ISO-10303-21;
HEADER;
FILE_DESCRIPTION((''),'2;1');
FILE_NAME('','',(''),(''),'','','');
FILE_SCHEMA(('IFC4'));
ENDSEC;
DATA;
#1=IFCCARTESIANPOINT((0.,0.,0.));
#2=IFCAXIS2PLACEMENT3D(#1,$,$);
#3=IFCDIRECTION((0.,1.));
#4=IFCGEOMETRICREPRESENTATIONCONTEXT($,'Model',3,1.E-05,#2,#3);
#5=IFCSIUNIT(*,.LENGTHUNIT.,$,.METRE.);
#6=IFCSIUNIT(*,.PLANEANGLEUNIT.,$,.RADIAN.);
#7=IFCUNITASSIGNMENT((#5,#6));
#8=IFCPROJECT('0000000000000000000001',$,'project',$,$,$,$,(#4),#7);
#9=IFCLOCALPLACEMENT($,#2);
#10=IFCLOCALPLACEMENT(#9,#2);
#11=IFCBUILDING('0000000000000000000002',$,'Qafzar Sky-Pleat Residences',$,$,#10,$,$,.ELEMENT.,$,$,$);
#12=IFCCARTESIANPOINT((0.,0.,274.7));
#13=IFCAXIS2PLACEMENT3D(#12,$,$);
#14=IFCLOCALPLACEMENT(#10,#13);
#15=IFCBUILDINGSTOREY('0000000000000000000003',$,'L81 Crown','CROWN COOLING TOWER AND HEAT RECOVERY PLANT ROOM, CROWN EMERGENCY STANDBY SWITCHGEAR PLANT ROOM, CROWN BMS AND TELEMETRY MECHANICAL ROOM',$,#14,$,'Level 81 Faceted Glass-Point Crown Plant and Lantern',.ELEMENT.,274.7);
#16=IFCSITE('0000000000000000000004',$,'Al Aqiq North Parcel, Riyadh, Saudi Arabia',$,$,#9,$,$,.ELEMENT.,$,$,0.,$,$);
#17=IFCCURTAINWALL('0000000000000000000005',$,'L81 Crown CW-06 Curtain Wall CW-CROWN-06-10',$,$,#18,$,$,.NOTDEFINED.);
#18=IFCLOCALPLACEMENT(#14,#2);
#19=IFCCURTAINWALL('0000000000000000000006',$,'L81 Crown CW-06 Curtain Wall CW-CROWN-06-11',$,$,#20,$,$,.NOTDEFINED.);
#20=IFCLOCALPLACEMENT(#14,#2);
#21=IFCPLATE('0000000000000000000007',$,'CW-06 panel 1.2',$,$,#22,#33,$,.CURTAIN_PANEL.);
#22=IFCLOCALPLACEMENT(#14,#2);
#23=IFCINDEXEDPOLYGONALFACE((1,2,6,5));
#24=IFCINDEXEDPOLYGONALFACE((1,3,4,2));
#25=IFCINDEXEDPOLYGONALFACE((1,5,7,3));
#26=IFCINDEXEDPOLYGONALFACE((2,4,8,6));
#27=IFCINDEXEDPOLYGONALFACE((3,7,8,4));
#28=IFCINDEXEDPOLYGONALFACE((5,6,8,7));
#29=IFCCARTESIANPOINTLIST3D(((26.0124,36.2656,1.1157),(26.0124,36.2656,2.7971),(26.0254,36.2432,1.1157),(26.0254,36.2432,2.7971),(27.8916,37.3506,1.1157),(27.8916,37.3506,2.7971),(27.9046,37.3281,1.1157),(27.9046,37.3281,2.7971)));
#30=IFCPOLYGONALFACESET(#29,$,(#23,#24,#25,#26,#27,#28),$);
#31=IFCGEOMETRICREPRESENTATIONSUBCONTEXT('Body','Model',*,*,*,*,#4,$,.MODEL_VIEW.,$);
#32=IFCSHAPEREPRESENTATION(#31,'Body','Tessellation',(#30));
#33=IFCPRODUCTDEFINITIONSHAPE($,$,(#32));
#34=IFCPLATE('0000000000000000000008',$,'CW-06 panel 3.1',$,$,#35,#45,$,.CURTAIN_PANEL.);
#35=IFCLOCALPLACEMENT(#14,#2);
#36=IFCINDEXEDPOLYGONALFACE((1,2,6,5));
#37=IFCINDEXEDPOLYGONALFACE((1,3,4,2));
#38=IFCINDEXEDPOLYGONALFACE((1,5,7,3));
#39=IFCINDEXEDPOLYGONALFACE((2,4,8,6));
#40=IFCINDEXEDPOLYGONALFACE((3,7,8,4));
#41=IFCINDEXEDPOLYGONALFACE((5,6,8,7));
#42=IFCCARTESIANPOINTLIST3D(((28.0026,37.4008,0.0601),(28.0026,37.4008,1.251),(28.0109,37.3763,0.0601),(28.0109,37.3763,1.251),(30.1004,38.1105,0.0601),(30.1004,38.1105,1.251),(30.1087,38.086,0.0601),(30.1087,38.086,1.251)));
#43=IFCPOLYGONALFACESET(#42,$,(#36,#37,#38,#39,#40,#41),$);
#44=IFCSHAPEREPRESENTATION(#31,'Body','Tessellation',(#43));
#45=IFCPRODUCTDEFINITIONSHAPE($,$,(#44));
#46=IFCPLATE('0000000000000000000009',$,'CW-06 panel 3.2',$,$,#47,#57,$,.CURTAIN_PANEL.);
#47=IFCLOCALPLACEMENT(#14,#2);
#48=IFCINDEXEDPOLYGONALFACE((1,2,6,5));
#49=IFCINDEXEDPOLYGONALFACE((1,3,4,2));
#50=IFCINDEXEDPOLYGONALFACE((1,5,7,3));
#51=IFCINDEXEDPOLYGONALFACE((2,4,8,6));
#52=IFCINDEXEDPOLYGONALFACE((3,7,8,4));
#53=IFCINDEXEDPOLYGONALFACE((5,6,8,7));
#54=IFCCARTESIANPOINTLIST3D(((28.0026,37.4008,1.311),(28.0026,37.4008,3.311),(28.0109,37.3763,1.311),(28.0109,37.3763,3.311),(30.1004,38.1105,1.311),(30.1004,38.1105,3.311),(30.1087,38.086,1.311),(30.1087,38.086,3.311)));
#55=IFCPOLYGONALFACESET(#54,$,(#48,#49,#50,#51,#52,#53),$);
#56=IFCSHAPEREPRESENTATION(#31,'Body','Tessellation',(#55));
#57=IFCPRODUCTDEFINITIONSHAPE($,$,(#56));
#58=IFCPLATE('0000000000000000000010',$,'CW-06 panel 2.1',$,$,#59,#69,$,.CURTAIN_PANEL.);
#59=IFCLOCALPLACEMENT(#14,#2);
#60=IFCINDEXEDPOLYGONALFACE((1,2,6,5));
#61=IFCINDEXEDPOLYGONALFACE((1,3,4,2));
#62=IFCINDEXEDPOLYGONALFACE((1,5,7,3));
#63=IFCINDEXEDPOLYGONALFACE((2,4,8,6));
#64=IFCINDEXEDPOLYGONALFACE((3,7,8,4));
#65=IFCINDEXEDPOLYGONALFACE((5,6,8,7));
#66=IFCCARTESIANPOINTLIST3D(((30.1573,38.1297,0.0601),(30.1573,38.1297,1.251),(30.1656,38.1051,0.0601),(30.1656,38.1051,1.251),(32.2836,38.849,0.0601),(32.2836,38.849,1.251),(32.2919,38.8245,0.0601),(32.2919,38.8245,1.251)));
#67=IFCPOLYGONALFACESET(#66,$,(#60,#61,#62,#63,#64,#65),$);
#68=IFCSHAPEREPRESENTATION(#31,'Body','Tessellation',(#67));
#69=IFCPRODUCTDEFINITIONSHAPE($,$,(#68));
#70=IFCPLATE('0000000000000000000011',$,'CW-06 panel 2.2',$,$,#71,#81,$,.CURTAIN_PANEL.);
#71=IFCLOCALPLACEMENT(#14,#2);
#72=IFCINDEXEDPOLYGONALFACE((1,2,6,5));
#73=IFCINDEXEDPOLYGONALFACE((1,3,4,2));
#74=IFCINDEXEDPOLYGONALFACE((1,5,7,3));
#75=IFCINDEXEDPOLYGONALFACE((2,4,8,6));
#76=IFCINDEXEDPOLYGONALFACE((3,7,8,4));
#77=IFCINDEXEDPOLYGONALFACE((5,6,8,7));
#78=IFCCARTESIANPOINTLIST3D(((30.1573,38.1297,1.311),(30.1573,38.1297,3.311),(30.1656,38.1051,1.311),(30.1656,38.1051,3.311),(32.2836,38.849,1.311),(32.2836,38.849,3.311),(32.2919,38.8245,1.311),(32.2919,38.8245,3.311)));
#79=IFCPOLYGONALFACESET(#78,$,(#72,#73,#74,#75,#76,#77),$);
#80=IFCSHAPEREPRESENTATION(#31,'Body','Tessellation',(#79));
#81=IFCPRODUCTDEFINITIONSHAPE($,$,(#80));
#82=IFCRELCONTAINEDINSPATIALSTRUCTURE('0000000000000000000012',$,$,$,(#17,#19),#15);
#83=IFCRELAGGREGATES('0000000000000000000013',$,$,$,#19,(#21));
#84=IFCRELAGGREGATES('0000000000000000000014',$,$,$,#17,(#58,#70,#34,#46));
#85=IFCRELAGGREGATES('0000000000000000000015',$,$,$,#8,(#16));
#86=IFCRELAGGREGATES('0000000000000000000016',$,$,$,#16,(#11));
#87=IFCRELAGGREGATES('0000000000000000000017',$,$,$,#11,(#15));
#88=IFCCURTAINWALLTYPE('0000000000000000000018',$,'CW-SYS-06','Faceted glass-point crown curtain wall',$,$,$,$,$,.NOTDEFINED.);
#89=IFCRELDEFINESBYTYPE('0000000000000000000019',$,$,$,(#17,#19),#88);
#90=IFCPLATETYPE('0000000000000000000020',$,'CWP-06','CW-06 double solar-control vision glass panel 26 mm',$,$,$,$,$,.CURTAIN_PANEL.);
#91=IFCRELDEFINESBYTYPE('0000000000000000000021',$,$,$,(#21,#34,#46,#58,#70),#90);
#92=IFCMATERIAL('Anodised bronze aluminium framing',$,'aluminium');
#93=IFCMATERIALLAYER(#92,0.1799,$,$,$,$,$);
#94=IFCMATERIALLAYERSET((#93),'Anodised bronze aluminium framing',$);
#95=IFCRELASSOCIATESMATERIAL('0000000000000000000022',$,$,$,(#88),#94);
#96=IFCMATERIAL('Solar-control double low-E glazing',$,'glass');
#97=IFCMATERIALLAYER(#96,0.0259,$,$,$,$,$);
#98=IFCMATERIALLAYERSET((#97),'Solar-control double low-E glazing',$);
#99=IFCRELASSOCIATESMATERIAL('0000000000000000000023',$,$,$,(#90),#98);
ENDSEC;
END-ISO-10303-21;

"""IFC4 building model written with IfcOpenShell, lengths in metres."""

from ifc_helpers import new_model, si_unit, direction, frame, origin, origin_2d, place, context, subcontext, project, spatial, rectangle, extrude, source, transform, mapped, material, layer, layer_set, type_object, element, aggregate, save


model = new_model("IFC4")

# Units and contexts
model_context = context("Model", 3, precision=1e-05, world=origin(), true_north=direction((0.0, 1.0)))
body_context = subcontext(model_context, "Body", "Model", "MODEL_VIEW")
ifc_project = project(units=[si_unit("LENGTHUNIT", "METRE"), si_unit("PLANEANGLEUNIT", "RADIAN")], contexts=[model_context])

# Site, building, storey
site_placement = place(None, origin())
site = spatial("IfcSite", under=ifc_project, at=site_placement, Name="Al Aqiq North Parcel, Riyadh, Saudi Arabia", CompositionType="ELEMENT", RefElevation=0.0)
building_placement = place(site_placement, origin())
building = spatial("IfcBuilding", under=site, at=building_placement, Name="Qafzar Sky-Pleat Residences", CompositionType="ELEMENT")
storey_placement = place(building_placement, frame((0.0, 0.0, 274.7)))
storey = spatial("IfcBuildingStorey", under=building, at=storey_placement, Name="L81 Crown", Description="CROWN COOLING TOWER AND HEAT RECOVERY PLANT ROOM, CROWN EMERGENCY STANDBY SWITCHGEAR PLANT ROOM, CROWN BMS AND TELEMETRY MECHANICAL ROOM", LongName="Level 81 Faceted Glass-Point Crown Plant and Lantern", CompositionType="ELEMENT", Elevation=274.7)

# Curtain walls
ifc_material_1 = material(Name="Anodised bronze aluminium framing", Category="aluminium")
ifc_layer_1 = layer(ifc_material_1, 0.1799)
ifc_layer_set_1 = layer_set([ifc_layer_1], Name="Anodised bronze aluminium framing")
curtain_wall_type = type_object("IfcCurtainWallType", Name="CW-SYS-06", Description="Faceted glass-point crown curtain wall", PredefinedType="NOTDEFINED", material=ifc_layer_set_1)
curtain_wall_1_placement = place(storey_placement, origin())
curtain_wall_1 = element("IfcCurtainWall", 1, at=curtain_wall_1_placement, inside=storey, type_object=curtain_wall_type, Name="L81 Crown CW-06 Curtain Wall CW-CROWN-06-10", PredefinedType="NOTDEFINED")
curtain_wall_2_placement = place(storey_placement, origin())
curtain_wall_2 = element("IfcCurtainWall", 2, at=curtain_wall_2_placement, inside=storey, type_object=curtain_wall_type, Name="L81 Crown CW-06 Curtain Wall CW-CROWN-06-11", PredefinedType="NOTDEFINED")

# Plates
ifc_material_2 = material(Name="Solar-control double low-E glazing", Category="glass")
ifc_layer_2 = layer(ifc_material_2, 0.0259)
ifc_layer_set_2 = layer_set([ifc_layer_2], Name="Solar-control double low-E glazing")
plate_type = type_object("IfcPlateType", Name="CWP-06", Description="CW-06 double solar-control vision glass panel 26 mm", PredefinedType="CURTAIN_PANEL", material=ifc_layer_set_2)
shared_shape_1 = source(origin(), body_context, "Body", "SweptSolid", [
    extrude(rectangle(XDim=2.1699, YDim=0.0259, at=origin_2d()), origin(), (0.0, 0.0, 1.0), 1.6814),
])
plate_1_placement = place(storey_placement, frame((26.9585, 36.7969, 1.1157), z_axis=(0.0, 0.0, 1.0), x_axis=(-0.866028, -0.499996, 0.0)))
plate_1 = element("IfcPlate", 3, at=plate_1_placement, type_object=plate_type, Name="CW-06 panel 1.2", PredefinedType="CURTAIN_PANEL", context=body_context, shape_type="MappedRepresentation", body=[
    mapped(shared_shape_1, transform((0.0, 0.0, 0.0), x_axis=(1.0, 0.0, 0.0), y_axis=(0.0, 1.0, 0.0), z_axis=(0.0, 0.0, 1.0), scale=1.0)),
])
aggregate(curtain_wall_2, [plate_1])
shared_shape_2 = source(origin(), body_context, "Body", "SweptSolid", [
    extrude(rectangle(XDim=2.2146, YDim=0.0259, at=origin_2d()), origin(), (0.0, 0.0, 1.0), 1.1909),
])
plate_2_placement = place(storey_placement, frame((29.0557, 37.7434, 0.0601), z_axis=(0.0, 0.0, 1.0), x_axis=(-0.947262, -0.32046, 0.0)))
plate_2 = element("IfcPlate", 4, at=plate_2_placement, type_object=plate_type, Name="CW-06 panel 3.1", PredefinedType="CURTAIN_PANEL", context=body_context, shape_type="MappedRepresentation", body=[
    mapped(shared_shape_2, transform((0.0, 0.0, 0.0), x_axis=(1.0, 0.0, 0.0), y_axis=(0.0, 1.0, 0.0), z_axis=(0.0, 0.0, 1.0), scale=1.0)),
])
shared_shape_3 = source(origin(), body_context, "Body", "SweptSolid", [
    extrude(rectangle(XDim=2.2146, YDim=0.0259, at=origin_2d()), origin(), (0.0, 0.0, 1.0), 2.0),
])
plate_3_placement = place(storey_placement, frame((29.0557, 37.7434, 1.311), z_axis=(0.0, 0.0, 1.0), x_axis=(-0.947262, -0.32046, 0.0)))
plate_3 = element("IfcPlate", 5, at=plate_3_placement, type_object=plate_type, Name="CW-06 panel 3.2", PredefinedType="CURTAIN_PANEL", context=body_context, shape_type="MappedRepresentation", body=[
    mapped(shared_shape_3, transform((0.0, 0.0, 0.0), x_axis=(1.0, 0.0, 0.0), y_axis=(0.0, 1.0, 0.0), z_axis=(0.0, 0.0, 1.0), scale=1.0)),
])
shared_shape_4 = source(origin(), body_context, "Body", "SweptSolid", [
    extrude(rectangle(XDim=2.2446, YDim=0.0259, at=origin_2d()), origin(), (0.0, 0.0, 1.0), 1.1909),
])
plate_4_placement = place(storey_placement, frame((31.2246, 38.4771, 0.0601), z_axis=(0.0, 0.0, 1.0), x_axis=(-0.947262, -0.32046, 0.0)))
plate_4 = element("IfcPlate", 6, at=plate_4_placement, type_object=plate_type, Name="CW-06 panel 2.1", PredefinedType="CURTAIN_PANEL", context=body_context, shape_type="MappedRepresentation", body=[
    mapped(shared_shape_4, transform((0.0, 0.0, 0.0), x_axis=(1.0, 0.0, 0.0), y_axis=(0.0, 1.0, 0.0), z_axis=(0.0, 0.0, 1.0), scale=1.0)),
])
shared_shape_5 = source(origin(), body_context, "Body", "SweptSolid", [
    extrude(rectangle(XDim=2.2446, YDim=0.0259, at=origin_2d()), origin(), (0.0, 0.0, 1.0), 2.0),
])
plate_5_placement = place(storey_placement, frame((31.2246, 38.4771, 1.311), z_axis=(0.0, 0.0, 1.0), x_axis=(-0.947262, -0.32046, 0.0)))
plate_5 = element("IfcPlate", 7, at=plate_5_placement, type_object=plate_type, Name="CW-06 panel 2.2", PredefinedType="CURTAIN_PANEL", context=body_context, shape_type="MappedRepresentation", body=[
    mapped(shared_shape_5, transform((0.0, 0.0, 0.0), x_axis=(1.0, 0.0, 0.0), y_axis=(0.0, 1.0, 0.0), z_axis=(0.0, 0.0, 1.0), scale=1.0)),
])
aggregate(curtain_wall_1, [plate_4, plate_5, plate_2, plate_3])

save(model, "model.ifc")
